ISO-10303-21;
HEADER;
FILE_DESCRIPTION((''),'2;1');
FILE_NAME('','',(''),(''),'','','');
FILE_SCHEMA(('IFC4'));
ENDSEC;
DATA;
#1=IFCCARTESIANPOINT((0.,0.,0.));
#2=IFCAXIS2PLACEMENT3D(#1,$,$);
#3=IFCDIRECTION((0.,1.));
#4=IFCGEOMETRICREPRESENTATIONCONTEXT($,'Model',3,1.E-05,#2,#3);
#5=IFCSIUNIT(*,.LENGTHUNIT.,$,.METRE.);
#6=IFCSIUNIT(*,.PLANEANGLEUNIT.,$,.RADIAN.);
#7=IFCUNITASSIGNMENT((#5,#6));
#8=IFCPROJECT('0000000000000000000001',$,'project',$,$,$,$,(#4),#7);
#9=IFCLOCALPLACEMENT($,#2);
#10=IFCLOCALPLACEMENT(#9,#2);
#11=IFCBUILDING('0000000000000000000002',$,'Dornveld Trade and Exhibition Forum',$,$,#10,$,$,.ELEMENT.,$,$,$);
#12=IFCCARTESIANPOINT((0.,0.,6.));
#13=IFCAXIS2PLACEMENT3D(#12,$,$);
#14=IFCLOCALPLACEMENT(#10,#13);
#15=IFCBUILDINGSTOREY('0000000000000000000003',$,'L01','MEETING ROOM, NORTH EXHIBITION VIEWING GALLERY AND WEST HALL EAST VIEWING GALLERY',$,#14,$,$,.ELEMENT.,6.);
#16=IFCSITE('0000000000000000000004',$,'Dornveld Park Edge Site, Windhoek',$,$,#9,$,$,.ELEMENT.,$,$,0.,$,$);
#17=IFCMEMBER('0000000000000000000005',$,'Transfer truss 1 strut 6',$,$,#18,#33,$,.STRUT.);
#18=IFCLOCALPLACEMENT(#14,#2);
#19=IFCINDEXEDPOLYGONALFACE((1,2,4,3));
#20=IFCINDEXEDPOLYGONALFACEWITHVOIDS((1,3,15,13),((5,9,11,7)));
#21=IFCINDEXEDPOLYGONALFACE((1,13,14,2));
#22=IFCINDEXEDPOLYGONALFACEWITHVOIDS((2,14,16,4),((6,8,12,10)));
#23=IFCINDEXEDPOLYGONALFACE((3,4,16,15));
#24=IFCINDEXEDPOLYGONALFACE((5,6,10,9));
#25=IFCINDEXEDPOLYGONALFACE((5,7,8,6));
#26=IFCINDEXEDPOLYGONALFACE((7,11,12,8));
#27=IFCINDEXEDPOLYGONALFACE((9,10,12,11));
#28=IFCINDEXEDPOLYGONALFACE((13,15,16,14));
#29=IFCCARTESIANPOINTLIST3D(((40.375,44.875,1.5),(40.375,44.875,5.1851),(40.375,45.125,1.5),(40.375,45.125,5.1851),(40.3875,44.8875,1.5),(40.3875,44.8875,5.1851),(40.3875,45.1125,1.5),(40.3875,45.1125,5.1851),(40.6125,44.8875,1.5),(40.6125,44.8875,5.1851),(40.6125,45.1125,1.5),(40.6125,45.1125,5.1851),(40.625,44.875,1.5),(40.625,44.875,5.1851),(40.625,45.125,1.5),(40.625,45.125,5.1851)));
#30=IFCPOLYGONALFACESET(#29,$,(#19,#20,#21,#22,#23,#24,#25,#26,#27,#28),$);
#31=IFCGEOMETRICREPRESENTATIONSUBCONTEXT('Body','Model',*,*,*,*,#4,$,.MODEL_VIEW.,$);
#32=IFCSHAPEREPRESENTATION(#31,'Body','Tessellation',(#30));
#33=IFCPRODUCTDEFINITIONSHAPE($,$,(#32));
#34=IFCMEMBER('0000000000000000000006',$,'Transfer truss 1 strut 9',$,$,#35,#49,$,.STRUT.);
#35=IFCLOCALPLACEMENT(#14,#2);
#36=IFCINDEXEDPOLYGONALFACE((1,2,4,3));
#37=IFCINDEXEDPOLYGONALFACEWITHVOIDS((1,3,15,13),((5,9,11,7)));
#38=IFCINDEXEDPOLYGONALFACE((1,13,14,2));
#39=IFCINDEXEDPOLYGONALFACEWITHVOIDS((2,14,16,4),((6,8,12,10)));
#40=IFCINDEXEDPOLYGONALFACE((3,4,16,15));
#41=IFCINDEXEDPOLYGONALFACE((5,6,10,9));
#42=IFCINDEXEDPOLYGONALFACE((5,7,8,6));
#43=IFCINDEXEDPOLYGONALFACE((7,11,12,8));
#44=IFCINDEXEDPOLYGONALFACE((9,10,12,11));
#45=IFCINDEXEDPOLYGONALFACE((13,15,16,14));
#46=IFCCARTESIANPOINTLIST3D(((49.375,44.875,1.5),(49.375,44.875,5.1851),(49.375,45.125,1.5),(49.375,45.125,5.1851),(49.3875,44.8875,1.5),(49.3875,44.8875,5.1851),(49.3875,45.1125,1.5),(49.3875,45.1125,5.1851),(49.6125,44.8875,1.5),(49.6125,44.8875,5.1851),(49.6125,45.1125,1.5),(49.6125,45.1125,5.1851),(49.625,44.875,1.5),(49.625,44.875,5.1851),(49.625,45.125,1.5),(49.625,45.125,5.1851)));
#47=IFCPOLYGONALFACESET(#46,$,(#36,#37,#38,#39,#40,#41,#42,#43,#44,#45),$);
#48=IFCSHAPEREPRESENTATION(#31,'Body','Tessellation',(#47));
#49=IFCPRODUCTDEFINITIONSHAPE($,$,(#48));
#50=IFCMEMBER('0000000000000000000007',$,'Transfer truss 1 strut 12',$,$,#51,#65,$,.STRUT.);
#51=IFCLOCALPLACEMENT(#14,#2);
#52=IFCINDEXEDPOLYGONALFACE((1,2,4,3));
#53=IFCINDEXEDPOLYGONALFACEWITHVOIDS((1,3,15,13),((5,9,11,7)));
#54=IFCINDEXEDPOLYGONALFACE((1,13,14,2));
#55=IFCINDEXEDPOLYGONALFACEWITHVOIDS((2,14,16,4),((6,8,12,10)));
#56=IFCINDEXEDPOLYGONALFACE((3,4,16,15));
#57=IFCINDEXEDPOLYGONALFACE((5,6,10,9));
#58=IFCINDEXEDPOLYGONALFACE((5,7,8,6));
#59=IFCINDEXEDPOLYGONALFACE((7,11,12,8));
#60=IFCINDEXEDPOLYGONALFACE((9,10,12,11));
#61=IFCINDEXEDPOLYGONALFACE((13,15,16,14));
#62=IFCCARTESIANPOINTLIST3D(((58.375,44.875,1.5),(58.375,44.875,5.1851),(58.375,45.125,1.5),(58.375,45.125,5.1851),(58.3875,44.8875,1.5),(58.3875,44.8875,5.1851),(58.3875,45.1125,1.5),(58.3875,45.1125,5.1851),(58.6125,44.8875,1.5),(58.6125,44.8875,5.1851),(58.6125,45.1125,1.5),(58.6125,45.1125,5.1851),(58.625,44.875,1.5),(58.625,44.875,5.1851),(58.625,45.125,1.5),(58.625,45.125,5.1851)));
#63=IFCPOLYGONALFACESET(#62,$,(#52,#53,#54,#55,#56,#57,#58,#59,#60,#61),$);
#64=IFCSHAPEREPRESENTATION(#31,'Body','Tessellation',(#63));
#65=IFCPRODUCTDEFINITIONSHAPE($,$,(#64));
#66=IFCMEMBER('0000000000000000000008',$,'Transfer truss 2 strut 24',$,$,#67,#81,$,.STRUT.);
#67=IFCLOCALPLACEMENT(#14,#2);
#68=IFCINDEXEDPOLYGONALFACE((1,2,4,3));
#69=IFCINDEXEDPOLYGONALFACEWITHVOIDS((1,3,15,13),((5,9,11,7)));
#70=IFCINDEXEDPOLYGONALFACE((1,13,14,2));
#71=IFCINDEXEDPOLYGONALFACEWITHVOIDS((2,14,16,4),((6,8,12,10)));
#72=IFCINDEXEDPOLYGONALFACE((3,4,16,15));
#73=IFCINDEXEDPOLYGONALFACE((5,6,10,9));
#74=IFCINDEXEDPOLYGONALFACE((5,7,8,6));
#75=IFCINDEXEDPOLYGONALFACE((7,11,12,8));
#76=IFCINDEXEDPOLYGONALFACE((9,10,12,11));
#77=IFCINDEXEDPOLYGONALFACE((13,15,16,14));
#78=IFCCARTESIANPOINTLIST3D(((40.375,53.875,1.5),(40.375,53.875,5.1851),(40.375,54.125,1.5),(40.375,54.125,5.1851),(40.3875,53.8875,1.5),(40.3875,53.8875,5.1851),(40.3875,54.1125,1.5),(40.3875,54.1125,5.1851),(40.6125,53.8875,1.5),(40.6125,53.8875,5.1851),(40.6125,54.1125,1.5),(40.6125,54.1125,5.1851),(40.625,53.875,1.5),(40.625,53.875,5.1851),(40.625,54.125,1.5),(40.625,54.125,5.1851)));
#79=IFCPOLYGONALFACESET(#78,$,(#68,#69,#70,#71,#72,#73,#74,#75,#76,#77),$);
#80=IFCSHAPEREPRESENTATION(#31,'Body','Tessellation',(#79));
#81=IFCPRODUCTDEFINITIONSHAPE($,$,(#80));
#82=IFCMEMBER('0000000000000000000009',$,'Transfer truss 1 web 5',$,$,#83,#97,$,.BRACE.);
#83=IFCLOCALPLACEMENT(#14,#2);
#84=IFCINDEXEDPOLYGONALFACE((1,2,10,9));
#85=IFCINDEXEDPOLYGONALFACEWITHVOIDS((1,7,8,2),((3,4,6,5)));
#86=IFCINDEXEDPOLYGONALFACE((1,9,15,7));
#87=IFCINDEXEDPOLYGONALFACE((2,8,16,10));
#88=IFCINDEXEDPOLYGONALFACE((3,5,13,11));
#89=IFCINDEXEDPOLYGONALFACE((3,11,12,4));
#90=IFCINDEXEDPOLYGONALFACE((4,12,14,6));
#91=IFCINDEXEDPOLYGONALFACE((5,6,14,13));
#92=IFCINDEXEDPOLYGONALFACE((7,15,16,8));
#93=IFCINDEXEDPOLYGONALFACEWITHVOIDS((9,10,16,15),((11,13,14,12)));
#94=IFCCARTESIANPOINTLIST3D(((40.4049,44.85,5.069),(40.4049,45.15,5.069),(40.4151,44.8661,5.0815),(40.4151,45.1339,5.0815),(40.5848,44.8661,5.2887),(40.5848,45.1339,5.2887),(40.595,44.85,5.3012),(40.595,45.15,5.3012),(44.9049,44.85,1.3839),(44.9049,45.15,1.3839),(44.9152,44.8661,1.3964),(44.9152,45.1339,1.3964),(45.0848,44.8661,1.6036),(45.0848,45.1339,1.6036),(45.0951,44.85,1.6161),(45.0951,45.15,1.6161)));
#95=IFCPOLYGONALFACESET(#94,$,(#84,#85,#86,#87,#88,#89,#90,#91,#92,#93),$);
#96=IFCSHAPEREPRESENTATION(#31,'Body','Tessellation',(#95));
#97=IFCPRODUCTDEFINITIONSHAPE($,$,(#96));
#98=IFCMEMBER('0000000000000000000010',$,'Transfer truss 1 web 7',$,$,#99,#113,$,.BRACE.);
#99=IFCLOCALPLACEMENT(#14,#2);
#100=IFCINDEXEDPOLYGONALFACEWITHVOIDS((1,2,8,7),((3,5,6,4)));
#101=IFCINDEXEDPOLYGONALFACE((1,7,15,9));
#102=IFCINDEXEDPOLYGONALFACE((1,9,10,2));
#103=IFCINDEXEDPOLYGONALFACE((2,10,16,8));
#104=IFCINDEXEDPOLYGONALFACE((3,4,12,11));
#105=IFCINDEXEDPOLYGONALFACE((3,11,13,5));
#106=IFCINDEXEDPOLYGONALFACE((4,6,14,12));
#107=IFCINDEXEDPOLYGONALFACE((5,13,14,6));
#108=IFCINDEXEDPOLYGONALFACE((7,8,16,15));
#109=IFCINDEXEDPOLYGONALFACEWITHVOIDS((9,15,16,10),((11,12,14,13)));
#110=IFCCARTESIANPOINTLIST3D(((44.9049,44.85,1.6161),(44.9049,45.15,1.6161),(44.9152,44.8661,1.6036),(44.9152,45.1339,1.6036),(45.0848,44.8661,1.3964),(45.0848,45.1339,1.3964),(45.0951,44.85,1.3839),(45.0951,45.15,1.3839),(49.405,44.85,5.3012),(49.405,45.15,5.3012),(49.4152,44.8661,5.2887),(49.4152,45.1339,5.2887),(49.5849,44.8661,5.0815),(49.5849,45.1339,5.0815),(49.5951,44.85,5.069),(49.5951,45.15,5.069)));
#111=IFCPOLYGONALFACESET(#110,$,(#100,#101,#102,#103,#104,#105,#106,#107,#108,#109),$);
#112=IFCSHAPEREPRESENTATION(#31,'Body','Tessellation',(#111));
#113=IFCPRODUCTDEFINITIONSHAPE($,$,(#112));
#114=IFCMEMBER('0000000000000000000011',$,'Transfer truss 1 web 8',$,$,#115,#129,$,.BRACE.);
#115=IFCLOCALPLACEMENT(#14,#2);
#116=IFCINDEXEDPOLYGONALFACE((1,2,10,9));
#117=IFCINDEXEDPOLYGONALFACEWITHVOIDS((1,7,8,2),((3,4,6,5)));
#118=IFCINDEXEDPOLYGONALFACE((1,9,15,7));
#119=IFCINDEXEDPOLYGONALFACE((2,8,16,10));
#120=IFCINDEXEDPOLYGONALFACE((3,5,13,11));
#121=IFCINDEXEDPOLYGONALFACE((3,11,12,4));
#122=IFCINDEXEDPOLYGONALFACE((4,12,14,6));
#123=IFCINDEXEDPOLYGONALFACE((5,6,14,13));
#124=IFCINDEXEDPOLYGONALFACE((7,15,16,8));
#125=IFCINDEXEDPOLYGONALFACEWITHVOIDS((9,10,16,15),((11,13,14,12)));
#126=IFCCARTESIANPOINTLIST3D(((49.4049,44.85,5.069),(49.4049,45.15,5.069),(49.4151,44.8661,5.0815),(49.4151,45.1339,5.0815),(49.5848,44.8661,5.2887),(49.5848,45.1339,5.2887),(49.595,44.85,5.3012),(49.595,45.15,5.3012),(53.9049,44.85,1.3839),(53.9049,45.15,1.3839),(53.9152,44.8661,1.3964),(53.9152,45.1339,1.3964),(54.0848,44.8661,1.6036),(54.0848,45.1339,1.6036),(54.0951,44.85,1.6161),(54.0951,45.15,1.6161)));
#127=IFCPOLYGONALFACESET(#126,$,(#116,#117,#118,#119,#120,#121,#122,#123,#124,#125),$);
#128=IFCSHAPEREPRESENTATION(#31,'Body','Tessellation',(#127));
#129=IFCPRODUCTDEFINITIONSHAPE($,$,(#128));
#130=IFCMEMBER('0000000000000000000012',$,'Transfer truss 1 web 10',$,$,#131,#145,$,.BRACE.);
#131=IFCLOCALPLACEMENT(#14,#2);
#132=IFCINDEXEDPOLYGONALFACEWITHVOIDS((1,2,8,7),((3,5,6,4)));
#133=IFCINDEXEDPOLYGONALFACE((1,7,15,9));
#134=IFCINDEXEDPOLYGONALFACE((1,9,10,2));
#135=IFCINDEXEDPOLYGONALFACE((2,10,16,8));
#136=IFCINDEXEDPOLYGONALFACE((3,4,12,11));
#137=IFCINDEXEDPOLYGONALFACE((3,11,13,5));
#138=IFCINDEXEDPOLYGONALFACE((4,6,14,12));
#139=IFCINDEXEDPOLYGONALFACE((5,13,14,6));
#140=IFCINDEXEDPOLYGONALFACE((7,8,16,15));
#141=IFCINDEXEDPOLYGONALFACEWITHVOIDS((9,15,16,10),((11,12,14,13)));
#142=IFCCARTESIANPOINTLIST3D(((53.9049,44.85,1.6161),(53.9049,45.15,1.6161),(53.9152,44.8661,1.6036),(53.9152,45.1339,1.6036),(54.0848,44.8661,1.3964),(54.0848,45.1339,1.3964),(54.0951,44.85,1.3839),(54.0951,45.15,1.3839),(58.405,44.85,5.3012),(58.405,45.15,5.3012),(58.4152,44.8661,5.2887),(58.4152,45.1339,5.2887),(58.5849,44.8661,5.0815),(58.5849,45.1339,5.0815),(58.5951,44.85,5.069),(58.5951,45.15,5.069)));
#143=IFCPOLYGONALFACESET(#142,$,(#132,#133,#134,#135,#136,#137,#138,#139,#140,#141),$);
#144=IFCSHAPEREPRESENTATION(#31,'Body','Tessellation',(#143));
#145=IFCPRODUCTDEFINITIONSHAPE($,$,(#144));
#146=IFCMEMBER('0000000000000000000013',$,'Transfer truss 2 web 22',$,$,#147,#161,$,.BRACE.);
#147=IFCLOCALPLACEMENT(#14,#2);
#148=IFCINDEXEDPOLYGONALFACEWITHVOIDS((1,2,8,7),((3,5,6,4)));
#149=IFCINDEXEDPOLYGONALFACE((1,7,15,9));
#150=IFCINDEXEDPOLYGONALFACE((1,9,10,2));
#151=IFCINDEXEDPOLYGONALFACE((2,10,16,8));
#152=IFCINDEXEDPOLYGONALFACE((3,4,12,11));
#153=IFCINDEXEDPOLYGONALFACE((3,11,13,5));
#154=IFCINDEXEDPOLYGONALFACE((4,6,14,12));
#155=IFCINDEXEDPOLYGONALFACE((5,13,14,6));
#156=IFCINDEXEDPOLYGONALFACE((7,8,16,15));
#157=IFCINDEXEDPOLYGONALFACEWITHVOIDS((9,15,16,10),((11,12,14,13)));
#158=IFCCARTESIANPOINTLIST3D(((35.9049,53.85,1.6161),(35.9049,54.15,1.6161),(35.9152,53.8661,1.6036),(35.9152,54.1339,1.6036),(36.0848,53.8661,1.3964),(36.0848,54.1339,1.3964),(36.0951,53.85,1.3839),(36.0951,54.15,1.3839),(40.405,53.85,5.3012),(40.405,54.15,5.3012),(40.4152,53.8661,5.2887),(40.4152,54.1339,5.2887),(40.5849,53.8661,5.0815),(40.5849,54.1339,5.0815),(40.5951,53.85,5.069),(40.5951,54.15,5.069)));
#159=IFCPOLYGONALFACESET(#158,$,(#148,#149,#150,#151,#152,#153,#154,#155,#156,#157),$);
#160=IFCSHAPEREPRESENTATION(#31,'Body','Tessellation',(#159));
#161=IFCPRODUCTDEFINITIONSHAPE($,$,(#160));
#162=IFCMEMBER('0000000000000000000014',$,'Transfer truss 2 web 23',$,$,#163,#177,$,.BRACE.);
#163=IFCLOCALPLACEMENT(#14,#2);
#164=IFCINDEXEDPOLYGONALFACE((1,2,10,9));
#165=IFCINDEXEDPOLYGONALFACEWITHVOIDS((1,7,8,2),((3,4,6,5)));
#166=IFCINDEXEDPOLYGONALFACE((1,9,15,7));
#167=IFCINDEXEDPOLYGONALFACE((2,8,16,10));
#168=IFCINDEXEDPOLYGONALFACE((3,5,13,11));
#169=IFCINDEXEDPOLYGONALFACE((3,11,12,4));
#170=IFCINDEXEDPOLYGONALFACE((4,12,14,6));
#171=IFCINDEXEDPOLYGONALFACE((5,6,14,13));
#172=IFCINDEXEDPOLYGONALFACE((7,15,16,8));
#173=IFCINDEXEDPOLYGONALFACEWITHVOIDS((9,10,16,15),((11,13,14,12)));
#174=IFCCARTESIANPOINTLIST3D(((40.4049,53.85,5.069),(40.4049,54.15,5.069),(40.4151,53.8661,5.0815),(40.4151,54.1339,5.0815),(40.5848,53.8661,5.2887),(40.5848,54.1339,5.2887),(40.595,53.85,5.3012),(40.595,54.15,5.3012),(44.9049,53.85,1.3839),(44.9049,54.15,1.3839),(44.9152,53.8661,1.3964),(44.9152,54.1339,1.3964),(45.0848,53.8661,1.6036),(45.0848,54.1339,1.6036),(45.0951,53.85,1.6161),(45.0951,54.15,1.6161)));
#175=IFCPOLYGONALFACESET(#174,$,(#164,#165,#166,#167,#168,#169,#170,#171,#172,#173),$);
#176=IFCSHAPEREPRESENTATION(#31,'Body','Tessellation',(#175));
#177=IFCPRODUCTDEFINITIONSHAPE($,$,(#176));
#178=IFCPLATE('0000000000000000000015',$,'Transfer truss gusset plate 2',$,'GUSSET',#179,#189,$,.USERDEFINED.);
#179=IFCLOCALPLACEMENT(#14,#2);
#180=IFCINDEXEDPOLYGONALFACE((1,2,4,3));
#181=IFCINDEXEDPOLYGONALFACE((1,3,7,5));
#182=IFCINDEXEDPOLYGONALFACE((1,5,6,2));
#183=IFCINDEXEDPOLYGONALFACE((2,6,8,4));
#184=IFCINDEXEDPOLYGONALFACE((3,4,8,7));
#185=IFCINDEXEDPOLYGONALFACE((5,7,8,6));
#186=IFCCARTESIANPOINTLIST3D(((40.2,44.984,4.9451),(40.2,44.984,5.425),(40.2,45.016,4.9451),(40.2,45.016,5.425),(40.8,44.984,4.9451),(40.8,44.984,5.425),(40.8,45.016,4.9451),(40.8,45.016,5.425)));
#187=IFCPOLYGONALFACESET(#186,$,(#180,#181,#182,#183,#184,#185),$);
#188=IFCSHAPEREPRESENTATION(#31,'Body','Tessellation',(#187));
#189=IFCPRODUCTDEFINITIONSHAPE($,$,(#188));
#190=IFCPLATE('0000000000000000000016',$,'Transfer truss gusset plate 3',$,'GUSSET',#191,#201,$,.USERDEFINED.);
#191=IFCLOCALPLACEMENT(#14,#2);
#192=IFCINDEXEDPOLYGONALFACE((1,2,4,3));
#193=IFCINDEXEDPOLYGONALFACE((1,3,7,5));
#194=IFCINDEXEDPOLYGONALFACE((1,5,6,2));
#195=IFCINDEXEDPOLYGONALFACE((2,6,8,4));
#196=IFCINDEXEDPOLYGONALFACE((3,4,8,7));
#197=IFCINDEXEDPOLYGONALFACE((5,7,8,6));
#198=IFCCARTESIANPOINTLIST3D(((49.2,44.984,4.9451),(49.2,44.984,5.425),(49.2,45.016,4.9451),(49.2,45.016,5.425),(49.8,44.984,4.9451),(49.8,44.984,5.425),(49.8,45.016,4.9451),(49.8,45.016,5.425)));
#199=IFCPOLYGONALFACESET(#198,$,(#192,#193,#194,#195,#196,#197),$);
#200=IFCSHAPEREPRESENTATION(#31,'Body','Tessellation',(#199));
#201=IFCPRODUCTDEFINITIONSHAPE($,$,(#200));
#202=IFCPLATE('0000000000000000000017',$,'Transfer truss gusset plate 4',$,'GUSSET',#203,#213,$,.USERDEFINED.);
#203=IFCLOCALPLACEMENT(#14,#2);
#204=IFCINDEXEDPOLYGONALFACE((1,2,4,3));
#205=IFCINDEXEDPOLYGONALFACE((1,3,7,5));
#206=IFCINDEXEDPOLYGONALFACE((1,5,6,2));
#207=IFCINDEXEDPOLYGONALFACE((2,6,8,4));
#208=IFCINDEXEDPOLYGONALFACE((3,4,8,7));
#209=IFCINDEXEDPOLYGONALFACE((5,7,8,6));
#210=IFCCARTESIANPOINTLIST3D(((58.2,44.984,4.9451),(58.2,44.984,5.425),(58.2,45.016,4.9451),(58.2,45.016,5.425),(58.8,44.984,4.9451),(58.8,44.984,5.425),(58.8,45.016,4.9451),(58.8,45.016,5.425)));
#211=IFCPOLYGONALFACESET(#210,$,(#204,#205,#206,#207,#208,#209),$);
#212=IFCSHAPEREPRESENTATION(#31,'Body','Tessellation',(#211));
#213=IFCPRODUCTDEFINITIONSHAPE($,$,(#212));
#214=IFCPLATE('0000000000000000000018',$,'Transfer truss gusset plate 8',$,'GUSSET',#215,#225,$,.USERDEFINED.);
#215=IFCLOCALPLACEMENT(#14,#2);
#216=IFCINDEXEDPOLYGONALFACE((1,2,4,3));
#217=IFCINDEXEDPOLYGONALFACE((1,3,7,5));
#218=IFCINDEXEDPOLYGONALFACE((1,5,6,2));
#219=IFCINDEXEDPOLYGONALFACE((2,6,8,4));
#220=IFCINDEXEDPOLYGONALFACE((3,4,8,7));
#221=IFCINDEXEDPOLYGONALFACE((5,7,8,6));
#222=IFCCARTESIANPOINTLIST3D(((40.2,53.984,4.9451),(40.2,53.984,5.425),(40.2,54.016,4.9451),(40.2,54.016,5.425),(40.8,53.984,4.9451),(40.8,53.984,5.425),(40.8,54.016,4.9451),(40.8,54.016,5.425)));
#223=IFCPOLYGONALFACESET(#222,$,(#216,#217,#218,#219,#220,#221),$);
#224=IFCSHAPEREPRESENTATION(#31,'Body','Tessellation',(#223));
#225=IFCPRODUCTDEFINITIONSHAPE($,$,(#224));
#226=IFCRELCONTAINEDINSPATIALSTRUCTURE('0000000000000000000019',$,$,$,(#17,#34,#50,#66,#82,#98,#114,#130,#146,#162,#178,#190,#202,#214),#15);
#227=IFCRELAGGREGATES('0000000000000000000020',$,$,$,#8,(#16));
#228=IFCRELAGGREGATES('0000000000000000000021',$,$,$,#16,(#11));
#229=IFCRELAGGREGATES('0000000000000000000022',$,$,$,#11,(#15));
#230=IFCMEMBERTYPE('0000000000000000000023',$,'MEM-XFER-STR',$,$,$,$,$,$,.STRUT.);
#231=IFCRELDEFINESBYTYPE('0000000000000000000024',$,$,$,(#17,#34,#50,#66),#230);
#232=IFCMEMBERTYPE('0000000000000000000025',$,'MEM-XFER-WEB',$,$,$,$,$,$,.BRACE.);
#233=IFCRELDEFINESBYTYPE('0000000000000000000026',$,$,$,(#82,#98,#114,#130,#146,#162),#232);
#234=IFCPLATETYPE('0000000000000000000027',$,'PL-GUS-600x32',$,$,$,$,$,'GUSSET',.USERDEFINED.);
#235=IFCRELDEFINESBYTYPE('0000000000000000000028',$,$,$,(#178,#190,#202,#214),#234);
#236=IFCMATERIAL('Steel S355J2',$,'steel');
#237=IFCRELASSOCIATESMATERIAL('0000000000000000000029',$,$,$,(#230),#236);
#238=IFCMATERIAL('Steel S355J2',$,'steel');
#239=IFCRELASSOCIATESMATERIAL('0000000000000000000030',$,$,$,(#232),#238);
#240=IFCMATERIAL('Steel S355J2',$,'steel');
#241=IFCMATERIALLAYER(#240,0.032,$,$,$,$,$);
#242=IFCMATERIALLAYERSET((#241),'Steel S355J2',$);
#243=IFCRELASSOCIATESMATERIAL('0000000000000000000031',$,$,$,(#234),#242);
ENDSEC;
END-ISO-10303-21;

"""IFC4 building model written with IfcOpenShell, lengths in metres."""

from ifc_helpers import new_model, si_unit, direction, frame, origin, origin_2d, place, context, subcontext, project, spatial, rectangle, hollow_rectangle, extrude, material, layer, layer_set, material_profile, profile_set, type_object, element, save


model = new_model("IFC4")

# Units and contexts
model_context = context("Model", 3, precision=1e-05, world=origin(), true_north=direction((0.0, 1.0)))
body_context = subcontext(model_context, "Body", "Model", "MODEL_VIEW")
ifc_project = project(units=[si_unit("LENGTHUNIT", "METRE"), si_unit("PLANEANGLEUNIT", "RADIAN")], contexts=[model_context])

# Site, building, storey
site_placement = place(None, origin())
site = spatial("IfcSite", under=ifc_project, at=site_placement, Name="Dornveld Park Edge Site, Windhoek", CompositionType="ELEMENT", RefElevation=0.0)
building_placement = place(site_placement, origin())
building = spatial("IfcBuilding", under=site, at=building_placement, Name="Dornveld Trade and Exhibition Forum", CompositionType="ELEMENT")
storey_placement = place(building_placement, frame((0.0, 0.0, 6.0)))
storey = spatial("IfcBuildingStorey", under=building, at=storey_placement, Name="L01", Description="MEETING ROOM, NORTH EXHIBITION VIEWING GALLERY AND WEST HALL EAST VIEWING GALLERY", CompositionType="ELEMENT", Elevation=6.0)

# Members
ifc_material_1 = material(Name="Steel S355J2", Category="steel")
ifc_material_profile_1 = material_profile(ifc_material_1, hollow_rectangle(XDim=0.25, YDim=0.25, WallThickness=0.0125, at=origin_2d()), Name="SHS 250x250x12.5")
ifc_profile_set_1 = profile_set([ifc_material_profile_1], Name="Steel S355J2")
member_type_1 = type_object("IfcMemberType", Name="MEM-XFER-STR", PredefinedType="STRUT", material=ifc_profile_set_1)
for number, where, z_axis, x_axis, name in (
    (1, (40.5, 45.0, 1.5), (0.0, 0.0, 1.0), (1.0, 0.0, 0.0), "Transfer truss 1 strut 6"),
    (2, (49.5, 45.0, 1.5), (0.0, 0.0, 1.0), (1.0, 0.0, 0.0), "Transfer truss 1 strut 9"),
    (3, (58.5, 45.0, 1.5), (0.0, 0.0, 1.0), (1.0, 0.0, 0.0), "Transfer truss 1 strut 12"),
    (4, (40.5, 54.0, 1.5), (0.0, 0.0, 1.0), (1.0, 0.0, 0.0), "Transfer truss 2 strut 24"),
):
    element("IfcMember", number, at=place(storey_placement, frame(where, z_axis=z_axis, x_axis=x_axis)), inside=storey, type_object=member_type_1, Name=name, PredefinedType="STRUT", context=body_context, shape_type="SweptSolid", body=[
        extrude(hollow_rectangle(XDim=0.25, YDim=0.25, WallThickness=0.0125, at=origin_2d()), origin(), (0.0, 0.0, 1.0), 3.6851),
    ])
ifc_material_2 = material(Name="Steel S355J2", Category="steel")
ifc_material_profile_2 = material_profile(ifc_material_2, hollow_rectangle(XDim=0.3, YDim=0.3, WallThickness=0.0161, at=origin_2d()), Name="SHS 300x300x16")
ifc_profile_set_2 = profile_set([ifc_material_profile_2], Name="Steel S355J2")
member_type_2 = type_object("IfcMemberType", Name="MEM-XFER-WEB", PredefinedType="BRACE", material=ifc_profile_set_2)
for number, where, z_axis, x_axis, name in (
    (5, (45.0, 45.0, 1.5), (-0.773684, 0.0, 0.633571), (0.0, -1.0, 0.0), "Transfer truss 1 web 5"),
    (6, (45.0, 45.0, 1.5), (0.773684, 0.0, 0.633571), (0.0, 1.0, 0.0), "Transfer truss 1 web 7"),
    (7, (54.0, 45.0, 1.5), (-0.773684, 0.0, 0.633571), (0.0, -1.0, 0.0), "Transfer truss 1 web 8"),
    (8, (54.0, 45.0, 1.5), (0.773684, 0.0, 0.633571), (0.0, 1.0, 0.0), "Transfer truss 1 web 10"),
    (9, (36.0, 54.0, 1.5), (0.773684, 0.0, 0.633571), (0.0, 1.0, 0.0), "Transfer truss 2 web 22"),
    (10, (45.0, 54.0, 1.5), (-0.773684, 0.0, 0.633571), (0.0, -1.0, 0.0), "Transfer truss 2 web 23"),
):
    element("IfcMember", number, at=place(storey_placement, frame(where, z_axis=z_axis, x_axis=x_axis)), inside=storey, type_object=member_type_2, Name=name, PredefinedType="BRACE", context=body_context, shape_type="SweptSolid", body=[
        extrude(hollow_rectangle(XDim=0.3, YDim=0.3, WallThickness=0.0161, at=origin_2d()), origin(), (0.0, 0.0, 1.0), 5.8164),
    ])

# Plates
ifc_material_3 = material(Name="Steel S355J2", Category="steel")
ifc_layer_1 = layer(ifc_material_3, 0.032)
ifc_layer_set_1 = layer_set([ifc_layer_1], Name="Steel S355J2")
plate_type = type_object("IfcPlateType", Name="PL-GUS-600x32", ElementType="GUSSET", PredefinedType="USERDEFINED", material=ifc_layer_set_1)
for number, where, z_axis, x_axis, name in (
    (11, (40.5, 45.0, 4.9451), (0.0, 0.0, 1.0), (1.0, 0.0, 0.0), "Transfer truss gusset plate 2"),
    (12, (49.5, 45.0, 4.9451), (0.0, 0.0, 1.0), (1.0, 0.0, 0.0), "Transfer truss gusset plate 3"),
    (13, (58.5, 45.0, 4.9451), (0.0, 0.0, 1.0), (1.0, 0.0, 0.0), "Transfer truss gusset plate 4"),
    (14, (40.5, 54.0, 4.9451), (0.0, 0.0, 1.0), (1.0, 0.0, 0.0), "Transfer truss gusset plate 8"),
):
    element("IfcPlate", number, at=place(storey_placement, frame(where, z_axis=z_axis, x_axis=x_axis)), inside=storey, type_object=plate_type, Name=name, ObjectType="GUSSET", PredefinedType="USERDEFINED", context=body_context, shape_type="SweptSolid", body=[
        extrude(rectangle(XDim=0.6001, YDim=0.032, at=origin_2d()), origin(), (0.0, 0.0, 1.0), 0.48),
    ])

save(model, "model.ifc")
